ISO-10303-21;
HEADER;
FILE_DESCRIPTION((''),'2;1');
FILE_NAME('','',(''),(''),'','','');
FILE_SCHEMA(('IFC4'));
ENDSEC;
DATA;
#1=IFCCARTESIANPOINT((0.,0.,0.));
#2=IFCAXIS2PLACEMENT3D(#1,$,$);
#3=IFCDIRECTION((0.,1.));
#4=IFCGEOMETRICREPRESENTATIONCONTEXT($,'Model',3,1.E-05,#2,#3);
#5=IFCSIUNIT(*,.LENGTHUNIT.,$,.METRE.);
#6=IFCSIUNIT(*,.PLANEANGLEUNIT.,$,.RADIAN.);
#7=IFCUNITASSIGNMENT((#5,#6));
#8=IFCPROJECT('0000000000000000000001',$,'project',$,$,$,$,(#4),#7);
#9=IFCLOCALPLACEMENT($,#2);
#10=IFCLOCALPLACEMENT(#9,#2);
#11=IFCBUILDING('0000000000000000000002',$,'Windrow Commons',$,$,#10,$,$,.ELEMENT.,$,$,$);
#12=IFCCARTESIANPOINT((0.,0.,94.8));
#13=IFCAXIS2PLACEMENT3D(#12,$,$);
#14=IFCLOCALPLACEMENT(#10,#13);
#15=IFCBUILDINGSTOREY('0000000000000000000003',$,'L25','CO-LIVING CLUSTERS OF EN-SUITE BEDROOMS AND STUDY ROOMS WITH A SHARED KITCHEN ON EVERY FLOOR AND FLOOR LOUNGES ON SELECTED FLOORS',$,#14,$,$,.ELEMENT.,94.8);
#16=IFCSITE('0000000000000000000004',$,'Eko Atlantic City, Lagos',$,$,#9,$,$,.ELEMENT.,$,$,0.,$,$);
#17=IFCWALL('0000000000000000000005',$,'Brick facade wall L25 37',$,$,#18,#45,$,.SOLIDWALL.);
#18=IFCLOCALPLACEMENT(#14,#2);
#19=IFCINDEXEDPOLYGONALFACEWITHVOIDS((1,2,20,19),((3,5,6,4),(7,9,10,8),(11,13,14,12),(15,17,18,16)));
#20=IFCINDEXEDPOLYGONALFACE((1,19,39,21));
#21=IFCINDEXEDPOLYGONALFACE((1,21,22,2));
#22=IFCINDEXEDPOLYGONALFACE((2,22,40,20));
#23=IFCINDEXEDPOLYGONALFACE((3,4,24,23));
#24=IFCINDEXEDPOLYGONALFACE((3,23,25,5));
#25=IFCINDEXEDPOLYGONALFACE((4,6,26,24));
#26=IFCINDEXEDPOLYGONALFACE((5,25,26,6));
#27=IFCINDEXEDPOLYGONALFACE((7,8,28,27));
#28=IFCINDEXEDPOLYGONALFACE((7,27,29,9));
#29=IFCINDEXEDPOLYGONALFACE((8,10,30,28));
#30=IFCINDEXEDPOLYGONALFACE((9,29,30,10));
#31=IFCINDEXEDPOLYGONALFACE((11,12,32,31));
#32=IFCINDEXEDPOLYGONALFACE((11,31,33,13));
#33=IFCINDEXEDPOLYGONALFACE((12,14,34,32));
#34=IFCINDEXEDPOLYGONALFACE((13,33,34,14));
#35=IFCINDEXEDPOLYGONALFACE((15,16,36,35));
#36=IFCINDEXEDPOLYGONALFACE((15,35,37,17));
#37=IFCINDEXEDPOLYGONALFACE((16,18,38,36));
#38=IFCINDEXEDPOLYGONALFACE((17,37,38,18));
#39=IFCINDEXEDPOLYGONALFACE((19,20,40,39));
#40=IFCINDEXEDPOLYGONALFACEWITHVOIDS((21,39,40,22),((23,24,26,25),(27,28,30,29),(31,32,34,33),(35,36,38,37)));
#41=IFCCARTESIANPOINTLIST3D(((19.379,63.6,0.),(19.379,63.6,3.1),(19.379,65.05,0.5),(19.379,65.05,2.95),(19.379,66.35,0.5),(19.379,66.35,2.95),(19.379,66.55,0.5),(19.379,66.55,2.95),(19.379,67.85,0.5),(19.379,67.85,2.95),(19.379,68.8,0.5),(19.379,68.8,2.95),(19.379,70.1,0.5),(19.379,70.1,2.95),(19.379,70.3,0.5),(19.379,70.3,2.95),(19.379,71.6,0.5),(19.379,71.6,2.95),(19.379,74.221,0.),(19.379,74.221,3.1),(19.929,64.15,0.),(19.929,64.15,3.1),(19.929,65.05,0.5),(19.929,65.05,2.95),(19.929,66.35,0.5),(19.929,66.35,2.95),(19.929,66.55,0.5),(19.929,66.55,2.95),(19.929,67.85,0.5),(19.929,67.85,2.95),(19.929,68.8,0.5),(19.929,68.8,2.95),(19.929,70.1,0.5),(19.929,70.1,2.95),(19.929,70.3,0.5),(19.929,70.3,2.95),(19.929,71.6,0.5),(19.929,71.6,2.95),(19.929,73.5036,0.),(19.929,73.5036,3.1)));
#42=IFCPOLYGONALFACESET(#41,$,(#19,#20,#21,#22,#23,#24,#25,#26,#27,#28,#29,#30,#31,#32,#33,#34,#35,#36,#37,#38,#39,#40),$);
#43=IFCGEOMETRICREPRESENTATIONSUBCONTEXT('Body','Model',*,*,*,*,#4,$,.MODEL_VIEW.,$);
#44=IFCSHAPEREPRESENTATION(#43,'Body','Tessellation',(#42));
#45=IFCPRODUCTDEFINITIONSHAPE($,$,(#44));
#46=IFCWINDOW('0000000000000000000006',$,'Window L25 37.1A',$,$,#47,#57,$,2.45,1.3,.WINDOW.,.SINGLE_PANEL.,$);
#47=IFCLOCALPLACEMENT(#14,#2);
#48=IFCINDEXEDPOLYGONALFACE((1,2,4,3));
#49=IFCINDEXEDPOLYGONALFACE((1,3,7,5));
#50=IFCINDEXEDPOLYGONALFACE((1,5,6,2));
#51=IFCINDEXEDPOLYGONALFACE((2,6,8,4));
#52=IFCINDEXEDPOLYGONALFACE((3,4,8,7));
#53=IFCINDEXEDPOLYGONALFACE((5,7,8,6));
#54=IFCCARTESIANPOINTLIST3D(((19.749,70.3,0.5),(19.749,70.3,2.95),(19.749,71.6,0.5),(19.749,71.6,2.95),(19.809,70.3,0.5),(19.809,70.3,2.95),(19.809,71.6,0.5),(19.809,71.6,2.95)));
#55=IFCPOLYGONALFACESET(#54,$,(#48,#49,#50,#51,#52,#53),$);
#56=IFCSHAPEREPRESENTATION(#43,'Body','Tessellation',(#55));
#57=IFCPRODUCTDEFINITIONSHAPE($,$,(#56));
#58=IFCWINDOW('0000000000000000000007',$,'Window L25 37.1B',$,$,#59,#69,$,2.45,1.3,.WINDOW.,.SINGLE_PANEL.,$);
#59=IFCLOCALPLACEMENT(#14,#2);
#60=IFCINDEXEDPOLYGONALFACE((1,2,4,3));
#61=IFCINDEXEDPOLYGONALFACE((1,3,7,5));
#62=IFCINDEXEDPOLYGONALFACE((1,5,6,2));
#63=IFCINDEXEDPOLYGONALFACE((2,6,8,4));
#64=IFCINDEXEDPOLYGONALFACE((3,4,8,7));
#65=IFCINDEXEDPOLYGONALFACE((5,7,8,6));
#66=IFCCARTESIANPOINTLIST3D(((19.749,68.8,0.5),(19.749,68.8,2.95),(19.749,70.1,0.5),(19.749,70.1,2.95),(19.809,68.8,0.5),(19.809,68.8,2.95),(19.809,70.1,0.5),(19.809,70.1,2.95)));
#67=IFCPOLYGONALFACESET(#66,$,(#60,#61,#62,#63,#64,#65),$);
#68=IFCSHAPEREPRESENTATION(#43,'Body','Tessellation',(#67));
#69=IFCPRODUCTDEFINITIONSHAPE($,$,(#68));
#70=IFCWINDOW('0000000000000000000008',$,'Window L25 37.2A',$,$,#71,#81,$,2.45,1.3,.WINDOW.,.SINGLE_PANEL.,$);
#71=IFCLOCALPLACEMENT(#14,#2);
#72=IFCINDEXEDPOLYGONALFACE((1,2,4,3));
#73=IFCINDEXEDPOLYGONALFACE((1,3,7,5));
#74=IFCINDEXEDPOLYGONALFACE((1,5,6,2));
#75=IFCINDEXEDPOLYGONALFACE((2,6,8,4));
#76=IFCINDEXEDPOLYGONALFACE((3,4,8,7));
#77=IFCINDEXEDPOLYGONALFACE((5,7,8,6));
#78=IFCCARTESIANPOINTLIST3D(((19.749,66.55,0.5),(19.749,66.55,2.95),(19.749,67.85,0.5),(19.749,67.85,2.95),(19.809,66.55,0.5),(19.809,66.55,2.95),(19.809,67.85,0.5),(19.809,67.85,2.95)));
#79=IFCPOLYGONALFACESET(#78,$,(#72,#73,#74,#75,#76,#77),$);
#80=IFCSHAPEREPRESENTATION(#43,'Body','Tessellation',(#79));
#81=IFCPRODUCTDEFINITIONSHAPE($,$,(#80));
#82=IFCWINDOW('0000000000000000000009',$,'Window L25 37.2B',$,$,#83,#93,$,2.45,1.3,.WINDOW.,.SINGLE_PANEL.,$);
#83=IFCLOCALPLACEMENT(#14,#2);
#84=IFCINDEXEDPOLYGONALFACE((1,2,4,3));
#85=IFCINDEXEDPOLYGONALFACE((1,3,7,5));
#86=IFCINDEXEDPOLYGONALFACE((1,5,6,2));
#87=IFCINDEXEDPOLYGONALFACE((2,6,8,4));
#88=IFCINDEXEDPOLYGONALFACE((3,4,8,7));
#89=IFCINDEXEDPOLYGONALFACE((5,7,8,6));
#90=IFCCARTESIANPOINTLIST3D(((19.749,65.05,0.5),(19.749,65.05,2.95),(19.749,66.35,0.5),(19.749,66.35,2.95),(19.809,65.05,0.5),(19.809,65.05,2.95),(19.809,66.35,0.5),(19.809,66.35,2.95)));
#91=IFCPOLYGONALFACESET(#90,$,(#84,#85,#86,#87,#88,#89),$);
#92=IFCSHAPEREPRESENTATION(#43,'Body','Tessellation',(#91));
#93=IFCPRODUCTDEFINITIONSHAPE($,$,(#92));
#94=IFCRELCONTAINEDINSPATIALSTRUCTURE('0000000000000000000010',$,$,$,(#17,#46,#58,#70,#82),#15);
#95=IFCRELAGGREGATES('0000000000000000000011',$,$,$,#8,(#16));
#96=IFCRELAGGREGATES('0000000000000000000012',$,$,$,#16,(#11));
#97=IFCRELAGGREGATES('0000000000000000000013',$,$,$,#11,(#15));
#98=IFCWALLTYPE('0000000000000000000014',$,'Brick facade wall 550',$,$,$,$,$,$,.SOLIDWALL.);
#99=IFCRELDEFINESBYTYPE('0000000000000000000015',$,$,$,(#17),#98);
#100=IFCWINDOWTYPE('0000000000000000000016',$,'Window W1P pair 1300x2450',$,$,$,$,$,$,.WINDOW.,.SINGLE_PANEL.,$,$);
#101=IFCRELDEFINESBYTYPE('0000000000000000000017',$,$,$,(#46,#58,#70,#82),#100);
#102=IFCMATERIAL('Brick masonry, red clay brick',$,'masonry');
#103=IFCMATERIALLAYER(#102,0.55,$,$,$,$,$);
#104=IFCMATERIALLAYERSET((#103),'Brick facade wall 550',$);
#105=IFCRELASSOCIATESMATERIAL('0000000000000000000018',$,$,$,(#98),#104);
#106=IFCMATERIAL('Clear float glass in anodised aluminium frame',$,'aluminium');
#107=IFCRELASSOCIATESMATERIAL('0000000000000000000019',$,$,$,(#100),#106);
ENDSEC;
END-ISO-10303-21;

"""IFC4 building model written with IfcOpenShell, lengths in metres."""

from ifc_helpers import new_model, si_unit, direction, frame, frame_2d, origin, place, context, subcontext, project, spatial, polyline, rectangle, outline, extrude, material, layer, layer_set, type_object, element, fill, save


model = new_model("IFC4")

# Units and contexts
model_context = context("Model", 3, precision=1e-05, world=origin(), true_north=direction((0.0, 1.0)))
body_context = subcontext(model_context, "Body", "Model", "MODEL_VIEW")
ifc_project = project(units=[si_unit("LENGTHUNIT", "METRE"), si_unit("PLANEANGLEUNIT", "RADIAN")], contexts=[model_context])

# Site, building, storey
site_placement = place(None, origin())
site = spatial("IfcSite", under=ifc_project, at=site_placement, Name="Eko Atlantic City, Lagos", CompositionType="ELEMENT", RefElevation=0.0)
building_placement = place(site_placement, origin())
building = spatial("IfcBuilding", under=site, at=building_placement, Name="Windrow Commons", CompositionType="ELEMENT")
storey_placement = place(building_placement, frame((0.0, 0.0, 94.8)))
storey = spatial("IfcBuildingStorey", under=building, at=storey_placement, Name="L25", Description="CO-LIVING CLUSTERS OF EN-SUITE BEDROOMS AND STUDY ROOMS WITH A SHARED KITCHEN ON EVERY FLOOR AND FLOOR LOUNGES ON SELECTED FLOORS", CompositionType="ELEMENT", Elevation=94.8)

# Wall, openings, windows
ifc_material_1 = material(Name="Brick masonry, red clay brick", Category="masonry")
ifc_layer_1 = layer(ifc_material_1, 0.55)
ifc_layer_set_1 = layer_set([ifc_layer_1], Name="Brick facade wall 550")
wall_type_1 = type_object("IfcWallType", Name="Brick facade wall 550", PredefinedType="SOLIDWALL", material=ifc_layer_set_1)
wall_1_placement = place(storey_placement, frame((19.654, 73.8623, 0.0), z_axis=(0.0, 0.0, 1.0), x_axis=(0.0, -1.0, 0.0)))
wall_1 = element("IfcWall", 1, at=wall_1_placement, inside=storey, type_object=wall_type_1, Name="Brick facade wall L25 37", PredefinedType="SOLIDWALL", context=body_context, shape_type="SweptSolid", body=[
    extrude(outline(polyline([(-0.3587, -0.275), (10.2623, -0.275), (9.7123, 0.275), (0.3587, 0.275), (-0.3587, -0.275)])), origin(), (0.0, 0.0, 1.0), 3.1),
])
opening_1_placement = place(wall_1_placement, frame((2.2623, 0.0, 0.5)))
opening_1 = element("IfcOpeningElement", 2, at=opening_1_placement, cuts=wall_1, PredefinedType="OPENING", context=body_context, shape_type="SweptSolid", body=[
    extrude(rectangle(XDim=1.3, YDim=2.45, at=frame_2d((0.65, 1.225))), frame((0.0, 0.285, 0.0), z_axis=(0.0, -1.0, 0.0), x_axis=(1.0, 0.0, 0.0)), (0.0, 0.0, 1.0), 0.57),
])
opening_2_placement = place(wall_1_placement, frame((3.7623, 0.0, 0.5)))
opening_2 = element("IfcOpeningElement", 3, at=opening_2_placement, cuts=wall_1, PredefinedType="OPENING", context=body_context, shape_type="SweptSolid", body=[
    extrude(rectangle(XDim=1.3, YDim=2.45, at=frame_2d((0.65, 1.225))), frame((0.0, 0.285, 0.0), z_axis=(0.0, -1.0, 0.0), x_axis=(1.0, 0.0, 0.0)), (0.0, 0.0, 1.0), 0.57),
])
opening_3_placement = place(wall_1_placement, frame((6.0123, 0.0, 0.5)))
opening_3 = element("IfcOpeningElement", 4, at=opening_3_placement, cuts=wall_1, PredefinedType="OPENING", context=body_context, shape_type="SweptSolid", body=[
    extrude(rectangle(XDim=1.3, YDim=2.45, at=frame_2d((0.65, 1.225))), frame((0.0, 0.285, 0.0), z_axis=(0.0, -1.0, 0.0), x_axis=(1.0, 0.0, 0.0)), (0.0, 0.0, 1.0), 0.57),
])
opening_4_placement = place(wall_1_placement, frame((7.5123, 0.0, 0.5)))
opening_4 = element("IfcOpeningElement", 5, at=opening_4_placement, cuts=wall_1, PredefinedType="OPENING", context=body_context, shape_type="SweptSolid", body=[
    extrude(rectangle(XDim=1.3, YDim=2.45, at=frame_2d((0.65, 1.225))), frame((0.0, 0.285, 0.0), z_axis=(0.0, -1.0, 0.0), x_axis=(1.0, 0.0, 0.0)), (0.0, 0.0, 1.0), 0.57),
])
ifc_material_2 = material(Name="Clear float glass in anodised aluminium frame", Category="aluminium")
window_type_1 = type_object("IfcWindowType", Name="Window W1P pair 1300x2450", PartitioningType="SINGLE_PANEL", PredefinedType="WINDOW", material=ifc_material_2)
window_1_placement = place(opening_1_placement, origin())
window_1 = element("IfcWindow", 6, at=window_1_placement, inside=storey, type_object=window_type_1, Name="Window L25 37.1A", OverallHeight=2.45, OverallWidth=1.3, PartitioningType="SINGLE_PANEL", PredefinedType="WINDOW", context=body_context, shape_type="SweptSolid", body=[
    extrude(rectangle(XDim=1.3, YDim=2.45, at=frame_2d((0.65, 1.225))), frame((0.0, 0.155, 0.0), z_axis=(0.0, -1.0, 0.0), x_axis=(1.0, 0.0, 0.0)), (0.0, 0.0, 1.0), 0.06),
])
fill(opening_1, window_1)
window_2_placement = place(opening_2_placement, origin())
window_2 = element("IfcWindow", 7, at=window_2_placement, inside=storey, type_object=window_type_1, Name="Window L25 37.1B", OverallHeight=2.45, OverallWidth=1.3, PartitioningType="SINGLE_PANEL", PredefinedType="WINDOW", context=body_context, shape_type="SweptSolid", body=[
    extrude(rectangle(XDim=1.3, YDim=2.45, at=frame_2d((0.65, 1.225))), frame((0.0, 0.155, 0.0), z_axis=(0.0, -1.0, 0.0), x_axis=(1.0, 0.0, 0.0)), (0.0, 0.0, 1.0), 0.06),
])
fill(opening_2, window_2)
window_3_placement = place(opening_3_placement, origin())
window_3 = element("IfcWindow", 8, at=window_3_placement, inside=storey, type_object=window_type_1, Name="Window L25 37.2A", OverallHeight=2.45, OverallWidth=1.3, PartitioningType="SINGLE_PANEL", PredefinedType="WINDOW", context=body_context, shape_type="SweptSolid", body=[
    extrude(rectangle(XDim=1.3, YDim=2.45, at=frame_2d((0.65, 1.225))), frame((0.0, 0.155, 0.0), z_axis=(0.0, -1.0, 0.0), x_axis=(1.0, 0.0, 0.0)), (0.0, 0.0, 1.0), 0.06),
])
fill(opening_3, window_3)
window_4_placement = place(opening_4_placement, origin())
window_4 = element("IfcWindow", 9, at=window_4_placement, inside=storey, type_object=window_type_1, Name="Window L25 37.2B", OverallHeight=2.45, OverallWidth=1.3, PartitioningType="SINGLE_PANEL", PredefinedType="WINDOW", context=body_context, shape_type="SweptSolid", body=[
    extrude(rectangle(XDim=1.3, YDim=2.45, at=frame_2d((0.65, 1.225))), frame((0.0, 0.155, 0.0), z_axis=(0.0, -1.0, 0.0), x_axis=(1.0, 0.0, 0.0)), (0.0, 0.0, 1.0), 0.06),
])
fill(opening_4, window_4)

save(model, "model.ifc")
